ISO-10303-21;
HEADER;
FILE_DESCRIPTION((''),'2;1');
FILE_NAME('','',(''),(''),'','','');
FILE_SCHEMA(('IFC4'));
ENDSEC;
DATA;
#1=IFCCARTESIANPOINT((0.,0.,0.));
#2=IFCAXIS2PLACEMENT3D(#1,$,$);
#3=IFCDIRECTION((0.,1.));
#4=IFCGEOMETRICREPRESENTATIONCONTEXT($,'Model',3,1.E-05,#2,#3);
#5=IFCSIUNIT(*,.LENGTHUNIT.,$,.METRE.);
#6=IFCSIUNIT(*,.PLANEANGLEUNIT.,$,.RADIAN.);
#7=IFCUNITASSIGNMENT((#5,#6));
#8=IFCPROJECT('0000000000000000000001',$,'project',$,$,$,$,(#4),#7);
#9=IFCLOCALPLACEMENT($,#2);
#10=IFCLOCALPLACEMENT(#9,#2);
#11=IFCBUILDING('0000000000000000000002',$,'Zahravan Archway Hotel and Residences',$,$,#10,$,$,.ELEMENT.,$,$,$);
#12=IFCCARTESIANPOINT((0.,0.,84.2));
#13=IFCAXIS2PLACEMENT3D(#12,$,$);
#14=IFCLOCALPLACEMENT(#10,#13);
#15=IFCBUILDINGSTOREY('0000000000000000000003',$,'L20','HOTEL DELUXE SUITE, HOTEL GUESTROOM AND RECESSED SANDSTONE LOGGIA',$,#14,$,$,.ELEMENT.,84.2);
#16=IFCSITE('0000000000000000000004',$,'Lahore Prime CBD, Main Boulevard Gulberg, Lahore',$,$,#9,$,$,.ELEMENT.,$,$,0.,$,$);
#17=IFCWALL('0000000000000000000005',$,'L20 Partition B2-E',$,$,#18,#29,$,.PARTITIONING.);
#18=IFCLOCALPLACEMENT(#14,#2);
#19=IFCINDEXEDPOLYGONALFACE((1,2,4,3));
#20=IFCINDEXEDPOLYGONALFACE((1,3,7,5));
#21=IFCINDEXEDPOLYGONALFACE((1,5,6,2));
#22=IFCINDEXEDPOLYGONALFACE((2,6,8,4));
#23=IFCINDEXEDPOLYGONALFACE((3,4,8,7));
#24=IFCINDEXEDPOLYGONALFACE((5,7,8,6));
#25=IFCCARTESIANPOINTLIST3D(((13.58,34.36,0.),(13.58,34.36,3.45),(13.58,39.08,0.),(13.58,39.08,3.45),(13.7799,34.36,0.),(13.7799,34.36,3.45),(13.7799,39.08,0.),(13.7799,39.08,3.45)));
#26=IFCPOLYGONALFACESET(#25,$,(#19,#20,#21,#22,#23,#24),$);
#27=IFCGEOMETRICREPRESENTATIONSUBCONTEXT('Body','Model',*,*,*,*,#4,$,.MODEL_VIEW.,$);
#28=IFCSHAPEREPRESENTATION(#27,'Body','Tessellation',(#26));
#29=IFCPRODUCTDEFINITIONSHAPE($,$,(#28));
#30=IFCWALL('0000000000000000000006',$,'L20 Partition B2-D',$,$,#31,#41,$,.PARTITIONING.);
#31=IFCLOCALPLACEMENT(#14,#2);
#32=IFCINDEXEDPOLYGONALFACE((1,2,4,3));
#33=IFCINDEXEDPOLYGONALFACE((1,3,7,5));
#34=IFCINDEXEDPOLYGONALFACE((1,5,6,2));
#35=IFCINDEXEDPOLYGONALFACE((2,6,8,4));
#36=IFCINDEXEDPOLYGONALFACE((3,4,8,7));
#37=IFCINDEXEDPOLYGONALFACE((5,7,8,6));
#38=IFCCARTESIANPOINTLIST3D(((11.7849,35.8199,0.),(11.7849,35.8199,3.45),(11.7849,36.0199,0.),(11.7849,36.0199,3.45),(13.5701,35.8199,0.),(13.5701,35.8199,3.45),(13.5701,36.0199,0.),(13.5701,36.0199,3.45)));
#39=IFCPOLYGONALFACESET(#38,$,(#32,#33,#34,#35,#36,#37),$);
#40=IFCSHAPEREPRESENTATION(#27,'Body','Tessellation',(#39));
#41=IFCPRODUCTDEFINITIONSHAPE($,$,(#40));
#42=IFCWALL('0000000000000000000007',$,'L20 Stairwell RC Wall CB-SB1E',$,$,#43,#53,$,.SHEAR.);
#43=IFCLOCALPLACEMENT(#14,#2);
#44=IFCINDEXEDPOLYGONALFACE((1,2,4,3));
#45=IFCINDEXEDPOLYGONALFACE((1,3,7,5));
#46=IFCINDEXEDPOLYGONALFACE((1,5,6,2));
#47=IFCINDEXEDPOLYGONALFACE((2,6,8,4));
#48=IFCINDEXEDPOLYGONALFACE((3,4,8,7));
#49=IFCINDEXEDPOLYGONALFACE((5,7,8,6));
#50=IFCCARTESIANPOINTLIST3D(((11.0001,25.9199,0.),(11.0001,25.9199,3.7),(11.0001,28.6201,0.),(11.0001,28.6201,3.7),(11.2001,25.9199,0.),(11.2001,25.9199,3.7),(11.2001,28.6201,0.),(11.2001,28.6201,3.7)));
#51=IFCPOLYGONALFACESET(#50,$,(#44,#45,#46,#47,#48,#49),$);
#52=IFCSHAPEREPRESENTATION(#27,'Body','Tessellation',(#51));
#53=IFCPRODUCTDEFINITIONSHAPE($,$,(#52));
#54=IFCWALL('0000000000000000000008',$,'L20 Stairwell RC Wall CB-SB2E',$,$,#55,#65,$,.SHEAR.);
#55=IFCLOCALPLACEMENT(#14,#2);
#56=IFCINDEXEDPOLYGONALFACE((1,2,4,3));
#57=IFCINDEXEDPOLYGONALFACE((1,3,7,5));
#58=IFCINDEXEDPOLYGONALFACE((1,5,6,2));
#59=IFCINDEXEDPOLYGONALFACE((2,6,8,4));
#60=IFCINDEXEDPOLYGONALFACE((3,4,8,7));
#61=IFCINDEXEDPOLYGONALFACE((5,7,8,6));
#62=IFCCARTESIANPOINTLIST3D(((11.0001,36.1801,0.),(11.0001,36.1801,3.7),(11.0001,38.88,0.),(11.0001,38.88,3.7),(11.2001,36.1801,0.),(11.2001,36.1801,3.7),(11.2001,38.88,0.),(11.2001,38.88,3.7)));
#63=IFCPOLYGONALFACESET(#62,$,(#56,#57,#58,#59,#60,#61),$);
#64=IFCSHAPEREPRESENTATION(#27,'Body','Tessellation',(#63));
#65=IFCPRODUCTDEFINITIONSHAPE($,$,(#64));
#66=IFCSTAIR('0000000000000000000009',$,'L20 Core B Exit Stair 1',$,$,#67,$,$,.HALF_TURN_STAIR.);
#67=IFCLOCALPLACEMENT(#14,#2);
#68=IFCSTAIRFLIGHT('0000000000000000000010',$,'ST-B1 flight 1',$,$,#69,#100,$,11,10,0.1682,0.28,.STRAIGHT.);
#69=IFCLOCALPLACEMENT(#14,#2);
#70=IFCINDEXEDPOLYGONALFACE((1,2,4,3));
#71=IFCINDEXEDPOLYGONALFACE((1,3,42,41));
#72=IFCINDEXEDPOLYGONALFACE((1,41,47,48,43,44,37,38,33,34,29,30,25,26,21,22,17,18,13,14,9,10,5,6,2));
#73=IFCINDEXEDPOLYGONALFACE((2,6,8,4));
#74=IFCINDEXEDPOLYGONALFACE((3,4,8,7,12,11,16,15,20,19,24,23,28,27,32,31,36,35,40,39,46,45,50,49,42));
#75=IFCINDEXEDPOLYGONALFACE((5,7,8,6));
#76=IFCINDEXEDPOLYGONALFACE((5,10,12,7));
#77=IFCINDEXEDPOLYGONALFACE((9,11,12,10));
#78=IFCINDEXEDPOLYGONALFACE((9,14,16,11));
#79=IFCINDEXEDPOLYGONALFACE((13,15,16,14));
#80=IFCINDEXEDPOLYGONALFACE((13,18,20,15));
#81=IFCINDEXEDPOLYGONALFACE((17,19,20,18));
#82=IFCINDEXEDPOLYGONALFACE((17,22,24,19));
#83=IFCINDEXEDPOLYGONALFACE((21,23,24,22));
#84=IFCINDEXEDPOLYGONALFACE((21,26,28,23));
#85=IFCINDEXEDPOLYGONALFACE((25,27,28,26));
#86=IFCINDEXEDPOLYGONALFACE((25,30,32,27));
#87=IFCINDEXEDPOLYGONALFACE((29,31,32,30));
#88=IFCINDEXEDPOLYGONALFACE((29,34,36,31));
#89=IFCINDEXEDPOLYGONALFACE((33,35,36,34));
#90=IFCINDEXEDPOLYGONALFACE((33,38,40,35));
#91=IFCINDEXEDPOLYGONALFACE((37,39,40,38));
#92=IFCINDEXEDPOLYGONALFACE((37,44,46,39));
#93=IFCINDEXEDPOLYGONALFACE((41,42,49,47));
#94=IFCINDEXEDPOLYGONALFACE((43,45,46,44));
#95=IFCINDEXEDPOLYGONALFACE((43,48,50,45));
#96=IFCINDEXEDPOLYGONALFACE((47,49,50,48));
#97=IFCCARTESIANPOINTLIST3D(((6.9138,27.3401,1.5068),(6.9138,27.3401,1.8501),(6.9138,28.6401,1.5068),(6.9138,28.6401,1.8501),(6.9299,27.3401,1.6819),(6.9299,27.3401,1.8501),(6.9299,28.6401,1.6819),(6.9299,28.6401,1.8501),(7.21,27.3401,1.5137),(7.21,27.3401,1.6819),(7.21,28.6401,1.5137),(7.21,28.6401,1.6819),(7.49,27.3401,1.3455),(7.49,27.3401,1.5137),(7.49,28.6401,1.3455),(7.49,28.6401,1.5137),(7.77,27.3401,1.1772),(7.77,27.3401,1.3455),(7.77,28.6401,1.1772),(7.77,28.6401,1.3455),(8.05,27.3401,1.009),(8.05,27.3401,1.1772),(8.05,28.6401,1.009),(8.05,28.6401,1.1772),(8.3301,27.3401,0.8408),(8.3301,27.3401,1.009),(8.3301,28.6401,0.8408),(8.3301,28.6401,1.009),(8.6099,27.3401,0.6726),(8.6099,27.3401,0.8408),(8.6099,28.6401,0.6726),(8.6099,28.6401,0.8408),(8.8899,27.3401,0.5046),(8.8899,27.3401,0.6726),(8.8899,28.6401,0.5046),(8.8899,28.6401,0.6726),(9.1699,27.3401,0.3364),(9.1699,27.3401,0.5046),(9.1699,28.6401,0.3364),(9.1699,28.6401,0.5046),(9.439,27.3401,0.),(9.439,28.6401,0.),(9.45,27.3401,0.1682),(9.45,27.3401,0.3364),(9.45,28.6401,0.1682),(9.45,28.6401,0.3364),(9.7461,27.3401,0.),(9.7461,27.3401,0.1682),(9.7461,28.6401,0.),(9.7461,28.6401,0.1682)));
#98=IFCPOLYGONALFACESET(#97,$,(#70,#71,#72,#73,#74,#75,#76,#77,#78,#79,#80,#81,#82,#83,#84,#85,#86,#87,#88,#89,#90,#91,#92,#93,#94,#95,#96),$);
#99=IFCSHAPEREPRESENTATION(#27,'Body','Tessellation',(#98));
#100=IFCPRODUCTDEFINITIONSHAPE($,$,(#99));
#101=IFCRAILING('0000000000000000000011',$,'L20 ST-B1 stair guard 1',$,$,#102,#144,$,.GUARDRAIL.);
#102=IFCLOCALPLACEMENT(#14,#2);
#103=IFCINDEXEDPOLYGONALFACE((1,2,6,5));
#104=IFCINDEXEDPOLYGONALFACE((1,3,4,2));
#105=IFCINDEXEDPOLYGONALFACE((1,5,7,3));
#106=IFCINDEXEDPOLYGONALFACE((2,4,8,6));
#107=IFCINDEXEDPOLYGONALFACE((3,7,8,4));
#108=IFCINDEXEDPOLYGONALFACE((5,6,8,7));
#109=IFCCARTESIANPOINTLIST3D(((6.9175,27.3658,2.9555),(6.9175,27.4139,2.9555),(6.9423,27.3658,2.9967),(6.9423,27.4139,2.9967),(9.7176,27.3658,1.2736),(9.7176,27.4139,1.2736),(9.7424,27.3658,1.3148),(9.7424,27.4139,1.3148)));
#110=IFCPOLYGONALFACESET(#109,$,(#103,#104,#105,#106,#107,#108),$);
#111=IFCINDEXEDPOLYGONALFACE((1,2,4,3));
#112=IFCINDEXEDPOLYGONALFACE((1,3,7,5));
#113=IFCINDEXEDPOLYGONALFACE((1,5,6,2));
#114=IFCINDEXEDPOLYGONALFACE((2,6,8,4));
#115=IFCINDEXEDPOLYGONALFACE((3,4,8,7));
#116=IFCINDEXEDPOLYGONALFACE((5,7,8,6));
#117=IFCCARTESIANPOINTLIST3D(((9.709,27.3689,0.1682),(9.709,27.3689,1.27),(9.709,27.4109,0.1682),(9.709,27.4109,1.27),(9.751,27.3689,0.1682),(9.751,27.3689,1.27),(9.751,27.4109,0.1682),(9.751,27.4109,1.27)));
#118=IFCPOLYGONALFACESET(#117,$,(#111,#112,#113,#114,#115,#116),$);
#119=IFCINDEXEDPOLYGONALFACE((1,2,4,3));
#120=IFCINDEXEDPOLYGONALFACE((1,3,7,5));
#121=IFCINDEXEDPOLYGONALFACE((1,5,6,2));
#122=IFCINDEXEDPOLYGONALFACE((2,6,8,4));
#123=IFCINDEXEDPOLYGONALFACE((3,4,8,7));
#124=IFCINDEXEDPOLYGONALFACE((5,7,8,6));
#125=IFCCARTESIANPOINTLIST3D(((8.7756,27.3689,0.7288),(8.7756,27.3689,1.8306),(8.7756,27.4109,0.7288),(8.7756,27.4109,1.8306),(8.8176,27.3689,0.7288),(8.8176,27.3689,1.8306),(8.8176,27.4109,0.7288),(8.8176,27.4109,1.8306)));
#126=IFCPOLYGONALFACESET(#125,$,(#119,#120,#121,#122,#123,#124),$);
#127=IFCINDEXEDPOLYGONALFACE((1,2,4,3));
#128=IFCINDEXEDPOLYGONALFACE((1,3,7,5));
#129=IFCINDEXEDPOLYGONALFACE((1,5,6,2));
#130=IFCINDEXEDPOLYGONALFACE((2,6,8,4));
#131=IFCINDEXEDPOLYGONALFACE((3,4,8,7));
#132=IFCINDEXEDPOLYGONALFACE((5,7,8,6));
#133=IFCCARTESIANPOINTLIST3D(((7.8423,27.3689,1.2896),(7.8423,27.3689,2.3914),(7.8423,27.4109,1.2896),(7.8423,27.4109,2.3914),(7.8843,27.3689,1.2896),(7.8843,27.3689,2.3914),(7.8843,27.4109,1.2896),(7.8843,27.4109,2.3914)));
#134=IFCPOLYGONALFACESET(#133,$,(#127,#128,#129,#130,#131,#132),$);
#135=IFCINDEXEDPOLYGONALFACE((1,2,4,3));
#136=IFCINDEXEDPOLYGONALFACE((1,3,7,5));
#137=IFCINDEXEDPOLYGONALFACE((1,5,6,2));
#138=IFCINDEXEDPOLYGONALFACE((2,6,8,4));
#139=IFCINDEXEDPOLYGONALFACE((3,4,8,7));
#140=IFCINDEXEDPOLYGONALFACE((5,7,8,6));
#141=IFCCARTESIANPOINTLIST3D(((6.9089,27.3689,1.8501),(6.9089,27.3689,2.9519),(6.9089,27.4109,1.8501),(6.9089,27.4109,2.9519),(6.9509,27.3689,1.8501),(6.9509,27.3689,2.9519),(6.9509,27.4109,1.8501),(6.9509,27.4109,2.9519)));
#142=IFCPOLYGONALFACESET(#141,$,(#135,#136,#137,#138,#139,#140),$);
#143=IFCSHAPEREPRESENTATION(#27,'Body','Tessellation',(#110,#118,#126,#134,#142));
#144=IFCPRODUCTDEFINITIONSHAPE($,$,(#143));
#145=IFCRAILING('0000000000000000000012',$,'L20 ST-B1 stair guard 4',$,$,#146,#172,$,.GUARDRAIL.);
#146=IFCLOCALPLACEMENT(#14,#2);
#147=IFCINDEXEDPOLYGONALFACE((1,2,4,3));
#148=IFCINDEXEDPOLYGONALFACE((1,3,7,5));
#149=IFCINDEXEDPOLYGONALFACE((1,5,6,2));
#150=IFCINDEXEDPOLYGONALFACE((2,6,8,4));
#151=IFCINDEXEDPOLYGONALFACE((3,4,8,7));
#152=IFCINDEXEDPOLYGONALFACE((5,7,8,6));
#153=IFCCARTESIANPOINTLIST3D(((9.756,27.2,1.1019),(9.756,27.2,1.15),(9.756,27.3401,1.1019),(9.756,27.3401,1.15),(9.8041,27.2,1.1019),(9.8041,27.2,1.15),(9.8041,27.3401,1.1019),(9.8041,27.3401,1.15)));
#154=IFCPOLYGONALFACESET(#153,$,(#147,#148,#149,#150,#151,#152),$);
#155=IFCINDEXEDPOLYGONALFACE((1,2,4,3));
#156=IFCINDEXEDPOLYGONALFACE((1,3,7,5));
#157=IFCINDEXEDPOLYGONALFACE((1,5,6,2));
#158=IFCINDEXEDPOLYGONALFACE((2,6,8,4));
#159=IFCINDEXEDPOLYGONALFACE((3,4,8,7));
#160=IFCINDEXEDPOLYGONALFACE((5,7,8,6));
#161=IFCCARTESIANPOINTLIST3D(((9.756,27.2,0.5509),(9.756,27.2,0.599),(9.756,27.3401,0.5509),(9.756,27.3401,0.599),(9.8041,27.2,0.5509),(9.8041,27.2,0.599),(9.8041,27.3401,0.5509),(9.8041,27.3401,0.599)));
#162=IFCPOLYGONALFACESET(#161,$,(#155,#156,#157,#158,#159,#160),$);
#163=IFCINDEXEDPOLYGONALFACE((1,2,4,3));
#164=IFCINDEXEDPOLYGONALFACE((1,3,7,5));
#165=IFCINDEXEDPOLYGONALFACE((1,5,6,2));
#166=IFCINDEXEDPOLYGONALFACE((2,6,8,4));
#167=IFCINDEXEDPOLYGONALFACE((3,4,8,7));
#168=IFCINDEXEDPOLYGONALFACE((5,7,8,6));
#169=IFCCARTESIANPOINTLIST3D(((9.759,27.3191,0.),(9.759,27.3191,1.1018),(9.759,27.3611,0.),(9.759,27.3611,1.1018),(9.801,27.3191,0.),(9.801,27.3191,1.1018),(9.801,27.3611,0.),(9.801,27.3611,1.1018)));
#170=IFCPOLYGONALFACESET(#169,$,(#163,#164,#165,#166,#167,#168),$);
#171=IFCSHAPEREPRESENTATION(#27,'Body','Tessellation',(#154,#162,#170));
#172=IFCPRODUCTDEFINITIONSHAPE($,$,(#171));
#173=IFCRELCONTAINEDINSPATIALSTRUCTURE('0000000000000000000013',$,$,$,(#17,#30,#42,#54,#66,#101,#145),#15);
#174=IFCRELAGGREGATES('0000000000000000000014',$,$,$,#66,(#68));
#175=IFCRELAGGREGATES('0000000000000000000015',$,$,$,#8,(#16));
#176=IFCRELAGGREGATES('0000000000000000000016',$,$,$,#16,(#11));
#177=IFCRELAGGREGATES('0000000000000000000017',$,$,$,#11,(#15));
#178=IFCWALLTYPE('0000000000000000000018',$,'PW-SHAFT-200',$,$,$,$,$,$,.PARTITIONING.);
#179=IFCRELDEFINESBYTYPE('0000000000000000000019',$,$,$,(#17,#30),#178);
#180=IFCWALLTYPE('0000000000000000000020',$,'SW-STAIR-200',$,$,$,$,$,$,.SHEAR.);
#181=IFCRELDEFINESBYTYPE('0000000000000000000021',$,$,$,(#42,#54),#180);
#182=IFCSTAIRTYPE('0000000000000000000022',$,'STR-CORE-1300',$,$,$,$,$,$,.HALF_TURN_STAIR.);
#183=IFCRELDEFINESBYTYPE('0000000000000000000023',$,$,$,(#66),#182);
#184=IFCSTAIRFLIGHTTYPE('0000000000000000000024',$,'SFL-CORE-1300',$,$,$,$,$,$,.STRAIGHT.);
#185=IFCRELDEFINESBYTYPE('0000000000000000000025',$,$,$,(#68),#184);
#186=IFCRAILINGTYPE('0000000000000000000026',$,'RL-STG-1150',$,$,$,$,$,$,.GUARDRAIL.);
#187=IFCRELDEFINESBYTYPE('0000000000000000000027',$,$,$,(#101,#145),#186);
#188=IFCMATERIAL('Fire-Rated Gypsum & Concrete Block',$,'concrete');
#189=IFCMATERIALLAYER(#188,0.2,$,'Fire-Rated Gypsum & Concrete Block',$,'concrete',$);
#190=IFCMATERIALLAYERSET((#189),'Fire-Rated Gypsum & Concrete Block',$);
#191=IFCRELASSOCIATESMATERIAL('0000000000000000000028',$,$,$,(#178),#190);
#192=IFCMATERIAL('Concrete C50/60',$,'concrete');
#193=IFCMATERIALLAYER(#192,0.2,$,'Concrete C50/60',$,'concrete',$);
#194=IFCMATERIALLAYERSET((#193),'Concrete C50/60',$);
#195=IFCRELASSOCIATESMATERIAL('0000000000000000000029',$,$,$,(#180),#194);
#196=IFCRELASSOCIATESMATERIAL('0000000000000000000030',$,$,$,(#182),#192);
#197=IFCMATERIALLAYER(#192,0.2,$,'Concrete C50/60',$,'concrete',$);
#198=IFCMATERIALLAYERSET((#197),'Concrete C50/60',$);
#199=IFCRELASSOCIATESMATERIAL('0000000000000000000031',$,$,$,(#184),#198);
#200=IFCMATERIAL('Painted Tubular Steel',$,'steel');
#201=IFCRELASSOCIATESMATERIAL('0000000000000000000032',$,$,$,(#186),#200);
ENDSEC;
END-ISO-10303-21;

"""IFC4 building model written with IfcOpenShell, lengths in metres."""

from ifc_helpers import new_model, si_unit, direction, frame, frame_2d, origin, origin_2d, place, context, subcontext, project, spatial, polyline, rectangle, outline, extrude, source, transform, mapped, material, layer, layer_set, type_object, element, aggregate, save


model = new_model("IFC4")

# Units and contexts
model_context = context("Model", 3, precision=1e-05, world=origin(), true_north=direction((0.0, 1.0)))
body_context = subcontext(model_context, "Body", "Model", "MODEL_VIEW")
ifc_project = project(units=[si_unit("LENGTHUNIT", "METRE"), si_unit("PLANEANGLEUNIT", "RADIAN")], contexts=[model_context])

# Site, building, storey
site_placement = place(None, origin())
site = spatial("IfcSite", under=ifc_project, at=site_placement, Name="Lahore Prime CBD, Main Boulevard Gulberg, Lahore", CompositionType="ELEMENT", RefElevation=0.0)
building_placement = place(site_placement, origin())
building = spatial("IfcBuilding", under=site, at=building_placement, Name="Zahravan Archway Hotel and Residences", CompositionType="ELEMENT")
storey_placement = place(building_placement, frame((0.0, 0.0, 84.2)))
storey = spatial("IfcBuildingStorey", under=building, at=storey_placement, Name="L20", Description="HOTEL DELUXE SUITE, HOTEL GUESTROOM AND RECESSED SANDSTONE LOGGIA", CompositionType="ELEMENT", Elevation=84.2)

# Shared definitions
ifc_material_1 = material(Name="Fire-Rated Gypsum & Concrete Block", Category="concrete")
ifc_layer_1 = layer(ifc_material_1, 0.2, Name="Fire-Rated Gypsum & Concrete Block", Category="concrete")
ifc_layer_set_1 = layer_set([ifc_layer_1], Name="Fire-Rated Gypsum & Concrete Block")
wall_type_1 = type_object("IfcWallType", Name="PW-SHAFT-200", PredefinedType="PARTITIONING", material=ifc_layer_set_1)

# Walls
wall_1_placement = place(storey_placement, frame((13.6799, 34.3601, 0.0), z_axis=(0.0, 0.0, 1.0), x_axis=(0.0, 1.0, 0.0)))
element("IfcWall", 1, at=wall_1_placement, inside=storey, type_object=wall_type_1, Name="L20 Partition B2-E", PredefinedType="PARTITIONING", context=body_context, shape_type="SweptSolid", body=[
    extrude(rectangle(XDim=4.72, YDim=0.2, at=frame_2d((2.3599, 0.0))), origin(), (0.0, 0.0, 1.0), 3.45),
])
wall_2_placement = place(storey_placement, frame((11.7849, 35.9199, 0.0), z_axis=(0.0, 0.0, 1.0), x_axis=(1.0, 0.0, 0.0)))
element("IfcWall", 2, at=wall_2_placement, inside=storey, type_object=wall_type_1, Name="L20 Partition B2-D", PredefinedType="PARTITIONING", context=body_context, shape_type="SweptSolid", body=[
    extrude(rectangle(XDim=1.7852, YDim=0.2, at=frame_2d((0.8926, 0.0))), origin(), (0.0, 0.0, 1.0), 3.45),
])
ifc_material_2 = material(Name="Concrete C50/60", Category="concrete")
ifc_layer_2 = layer(ifc_material_2, 0.2, Name="Concrete C50/60", Category="concrete")
ifc_layer_set_2 = layer_set([ifc_layer_2], Name="Concrete C50/60")
wall_type_2 = type_object("IfcWallType", Name="SW-STAIR-200", PredefinedType="SHEAR", material=ifc_layer_set_2)
wall_3_placement = place(storey_placement, frame((11.1001, 25.9199, 0.0), z_axis=(0.0, 0.0, 1.0), x_axis=(0.0, 1.0, 0.0)))
element("IfcWall", 3, at=wall_3_placement, inside=storey, type_object=wall_type_2, Name="L20 Stairwell RC Wall CB-SB1E", PredefinedType="SHEAR", context=body_context, shape_type="SweptSolid", body=[
    extrude(rectangle(XDim=2.7002, YDim=0.2, at=frame_2d((1.3501, 0.0))), origin(), (0.0, 0.0, 1.0), 3.7),
])
wall_4_placement = place(storey_placement, frame((11.1001, 36.1799, 0.0), z_axis=(0.0, 0.0, 1.0), x_axis=(0.0, 1.0, 0.0)))
element("IfcWall", 4, at=wall_4_placement, inside=storey, type_object=wall_type_2, Name="L20 Stairwell RC Wall CB-SB2E", PredefinedType="SHEAR", context=body_context, shape_type="SweptSolid", body=[
    extrude(rectangle(XDim=2.7, YDim=0.2, at=frame_2d((1.3501, 0.0))), origin(), (0.0, 0.0, 1.0), 3.7),
])

# Stair, stair flight
stair_type = type_object("IfcStairType", Name="STR-CORE-1300", PredefinedType="HALF_TURN_STAIR", material=ifc_material_2)
stair_placement = place(storey_placement, origin())
stair = element("IfcStair", 5, at=stair_placement, inside=storey, type_object=stair_type, Name="L20 Core B Exit Stair 1", PredefinedType="HALF_TURN_STAIR")
ifc_layer_3 = layer(ifc_material_2, 0.2, Name="Concrete C50/60", Category="concrete")
ifc_layer_set_3 = layer_set([ifc_layer_3], Name="Concrete C50/60")
stair_flight_type = type_object("IfcStairFlightType", Name="SFL-CORE-1300", PredefinedType="STRAIGHT", material=ifc_layer_set_3)
shared_shape_1 = source(origin(), body_context, "Body", "SweptSolid", [
    extrude(outline(polyline([(-0.0161, 0.0), (-0.0161, 0.1682), (0.28, 0.1682), (0.28, 0.3364), (0.5601, 0.3364), (0.5601, 0.5046), (0.8401, 0.5046), (0.8401, 0.6726), (1.1201, 0.6726), (1.1201, 0.8408), (1.3999, 0.8408), (1.3999, 1.009), (1.6799, 1.009), (1.6799, 1.1772), (1.96, 1.1772), (1.96, 1.3455), (2.24, 1.3455), (2.24, 1.5137), (2.52, 1.5137), (2.52, 1.6819), (2.8, 1.6819), (2.8, 1.8501), (2.8162, 1.8501), (2.8162, 1.5068), (0.291, 0.0), (-0.0161, 0.0)])), frame((0.0, 0.6499, 0.0), z_axis=(0.0, -1.0, 0.0), x_axis=(1.0, 0.0, 0.0)), (0.0, 0.0, 1.0), 1.3),
])
stair_flight_placement = place(storey_placement, frame((9.73, 27.99, 0.0), z_axis=(0.0, 0.0, 1.0), x_axis=(-1.0, 0.0, 0.0)))
stair_flight = element("IfcStairFlight", 6, at=stair_flight_placement, type_object=stair_flight_type, Name="ST-B1 flight 1", NumberOfRisers=11, NumberOfTreads=10, PredefinedType="STRAIGHT", RiserHeight=0.1682, TreadLength=0.28, context=body_context, shape_type="MappedRepresentation", body=[
    mapped(shared_shape_1, transform((0.0, 0.0, 0.0), scale=1.0)),
])
aggregate(stair, [stair_flight])

# Railings
ifc_material_3 = material(Name="Painted Tubular Steel", Category="steel")
railing_type_1 = type_object("IfcRailingType", Name="RL-STG-1150", PredefinedType="GUARDRAIL", material=ifc_material_3)
railing_1_placement = place(storey_placement, frame((9.73, 27.3899, 0.1682)))
element("IfcRailing", 7, at=railing_1_placement, inside=storey, type_object=railing_type_1, Name="L20 ST-B1 stair guard 1", PredefinedType="GUARDRAIL", context=body_context, shape_type="SweptSolid", body=[
    extrude(rectangle(XDim=0.0481, YDim=0.0481, at=origin_2d()), frame((0.0, 0.0, 1.126), z_axis=(-0.857242, 0.0, 0.514913), x_axis=(0.0, -1.0, 0.0)), (0.0, 0.0, 1.0), 3.2664),
    extrude(rectangle(XDim=0.042, YDim=0.042, at=origin_2d()), origin(), (0.0, 0.0, 1.0), 1.1018),
    extrude(rectangle(XDim=0.042, YDim=0.042, at=origin_2d()), frame((-0.9333, 0.0, 0.5605)), (0.0, 0.0, 1.0), 1.1018),
    extrude(rectangle(XDim=0.042, YDim=0.042, at=origin_2d()), frame((-1.8667, 0.0, 1.1213)), (0.0, 0.0, 1.0), 1.1018),
    extrude(rectangle(XDim=0.042, YDim=0.042, at=origin_2d()), frame((-2.8, 0.0, 1.6819)), (0.0, 0.0, 1.0), 1.1018),
])
railing_2_placement = place(storey_placement, frame((9.78, 27.3401, 0.0)))
element("IfcRailing", 8, at=railing_2_placement, inside=storey, type_object=railing_type_1, Name="L20 ST-B1 stair guard 4", PredefinedType="GUARDRAIL", context=body_context, shape_type="SweptSolid", body=[
    extrude(rectangle(XDim=0.0481, YDim=0.0481, at=origin_2d()), frame((0.0, 0.0, 1.126), z_axis=(0.0, -1.0, 0.0), x_axis=(1.0, 0.0, 0.0)), (0.0, 0.0, 1.0), 0.1401),
    extrude(rectangle(XDim=0.0481, YDim=0.0481, at=origin_2d()), frame((0.0, 0.0, 0.575), z_axis=(0.0, -1.0, 0.0), x_axis=(1.0, 0.0, 0.0)), (0.0, 0.0, 1.0), 0.1401),
    extrude(rectangle(XDim=0.042, YDim=0.042, at=origin_2d()), origin(), (0.0, 0.0, 1.0), 1.1018),
])

save(model, "model.ifc")
